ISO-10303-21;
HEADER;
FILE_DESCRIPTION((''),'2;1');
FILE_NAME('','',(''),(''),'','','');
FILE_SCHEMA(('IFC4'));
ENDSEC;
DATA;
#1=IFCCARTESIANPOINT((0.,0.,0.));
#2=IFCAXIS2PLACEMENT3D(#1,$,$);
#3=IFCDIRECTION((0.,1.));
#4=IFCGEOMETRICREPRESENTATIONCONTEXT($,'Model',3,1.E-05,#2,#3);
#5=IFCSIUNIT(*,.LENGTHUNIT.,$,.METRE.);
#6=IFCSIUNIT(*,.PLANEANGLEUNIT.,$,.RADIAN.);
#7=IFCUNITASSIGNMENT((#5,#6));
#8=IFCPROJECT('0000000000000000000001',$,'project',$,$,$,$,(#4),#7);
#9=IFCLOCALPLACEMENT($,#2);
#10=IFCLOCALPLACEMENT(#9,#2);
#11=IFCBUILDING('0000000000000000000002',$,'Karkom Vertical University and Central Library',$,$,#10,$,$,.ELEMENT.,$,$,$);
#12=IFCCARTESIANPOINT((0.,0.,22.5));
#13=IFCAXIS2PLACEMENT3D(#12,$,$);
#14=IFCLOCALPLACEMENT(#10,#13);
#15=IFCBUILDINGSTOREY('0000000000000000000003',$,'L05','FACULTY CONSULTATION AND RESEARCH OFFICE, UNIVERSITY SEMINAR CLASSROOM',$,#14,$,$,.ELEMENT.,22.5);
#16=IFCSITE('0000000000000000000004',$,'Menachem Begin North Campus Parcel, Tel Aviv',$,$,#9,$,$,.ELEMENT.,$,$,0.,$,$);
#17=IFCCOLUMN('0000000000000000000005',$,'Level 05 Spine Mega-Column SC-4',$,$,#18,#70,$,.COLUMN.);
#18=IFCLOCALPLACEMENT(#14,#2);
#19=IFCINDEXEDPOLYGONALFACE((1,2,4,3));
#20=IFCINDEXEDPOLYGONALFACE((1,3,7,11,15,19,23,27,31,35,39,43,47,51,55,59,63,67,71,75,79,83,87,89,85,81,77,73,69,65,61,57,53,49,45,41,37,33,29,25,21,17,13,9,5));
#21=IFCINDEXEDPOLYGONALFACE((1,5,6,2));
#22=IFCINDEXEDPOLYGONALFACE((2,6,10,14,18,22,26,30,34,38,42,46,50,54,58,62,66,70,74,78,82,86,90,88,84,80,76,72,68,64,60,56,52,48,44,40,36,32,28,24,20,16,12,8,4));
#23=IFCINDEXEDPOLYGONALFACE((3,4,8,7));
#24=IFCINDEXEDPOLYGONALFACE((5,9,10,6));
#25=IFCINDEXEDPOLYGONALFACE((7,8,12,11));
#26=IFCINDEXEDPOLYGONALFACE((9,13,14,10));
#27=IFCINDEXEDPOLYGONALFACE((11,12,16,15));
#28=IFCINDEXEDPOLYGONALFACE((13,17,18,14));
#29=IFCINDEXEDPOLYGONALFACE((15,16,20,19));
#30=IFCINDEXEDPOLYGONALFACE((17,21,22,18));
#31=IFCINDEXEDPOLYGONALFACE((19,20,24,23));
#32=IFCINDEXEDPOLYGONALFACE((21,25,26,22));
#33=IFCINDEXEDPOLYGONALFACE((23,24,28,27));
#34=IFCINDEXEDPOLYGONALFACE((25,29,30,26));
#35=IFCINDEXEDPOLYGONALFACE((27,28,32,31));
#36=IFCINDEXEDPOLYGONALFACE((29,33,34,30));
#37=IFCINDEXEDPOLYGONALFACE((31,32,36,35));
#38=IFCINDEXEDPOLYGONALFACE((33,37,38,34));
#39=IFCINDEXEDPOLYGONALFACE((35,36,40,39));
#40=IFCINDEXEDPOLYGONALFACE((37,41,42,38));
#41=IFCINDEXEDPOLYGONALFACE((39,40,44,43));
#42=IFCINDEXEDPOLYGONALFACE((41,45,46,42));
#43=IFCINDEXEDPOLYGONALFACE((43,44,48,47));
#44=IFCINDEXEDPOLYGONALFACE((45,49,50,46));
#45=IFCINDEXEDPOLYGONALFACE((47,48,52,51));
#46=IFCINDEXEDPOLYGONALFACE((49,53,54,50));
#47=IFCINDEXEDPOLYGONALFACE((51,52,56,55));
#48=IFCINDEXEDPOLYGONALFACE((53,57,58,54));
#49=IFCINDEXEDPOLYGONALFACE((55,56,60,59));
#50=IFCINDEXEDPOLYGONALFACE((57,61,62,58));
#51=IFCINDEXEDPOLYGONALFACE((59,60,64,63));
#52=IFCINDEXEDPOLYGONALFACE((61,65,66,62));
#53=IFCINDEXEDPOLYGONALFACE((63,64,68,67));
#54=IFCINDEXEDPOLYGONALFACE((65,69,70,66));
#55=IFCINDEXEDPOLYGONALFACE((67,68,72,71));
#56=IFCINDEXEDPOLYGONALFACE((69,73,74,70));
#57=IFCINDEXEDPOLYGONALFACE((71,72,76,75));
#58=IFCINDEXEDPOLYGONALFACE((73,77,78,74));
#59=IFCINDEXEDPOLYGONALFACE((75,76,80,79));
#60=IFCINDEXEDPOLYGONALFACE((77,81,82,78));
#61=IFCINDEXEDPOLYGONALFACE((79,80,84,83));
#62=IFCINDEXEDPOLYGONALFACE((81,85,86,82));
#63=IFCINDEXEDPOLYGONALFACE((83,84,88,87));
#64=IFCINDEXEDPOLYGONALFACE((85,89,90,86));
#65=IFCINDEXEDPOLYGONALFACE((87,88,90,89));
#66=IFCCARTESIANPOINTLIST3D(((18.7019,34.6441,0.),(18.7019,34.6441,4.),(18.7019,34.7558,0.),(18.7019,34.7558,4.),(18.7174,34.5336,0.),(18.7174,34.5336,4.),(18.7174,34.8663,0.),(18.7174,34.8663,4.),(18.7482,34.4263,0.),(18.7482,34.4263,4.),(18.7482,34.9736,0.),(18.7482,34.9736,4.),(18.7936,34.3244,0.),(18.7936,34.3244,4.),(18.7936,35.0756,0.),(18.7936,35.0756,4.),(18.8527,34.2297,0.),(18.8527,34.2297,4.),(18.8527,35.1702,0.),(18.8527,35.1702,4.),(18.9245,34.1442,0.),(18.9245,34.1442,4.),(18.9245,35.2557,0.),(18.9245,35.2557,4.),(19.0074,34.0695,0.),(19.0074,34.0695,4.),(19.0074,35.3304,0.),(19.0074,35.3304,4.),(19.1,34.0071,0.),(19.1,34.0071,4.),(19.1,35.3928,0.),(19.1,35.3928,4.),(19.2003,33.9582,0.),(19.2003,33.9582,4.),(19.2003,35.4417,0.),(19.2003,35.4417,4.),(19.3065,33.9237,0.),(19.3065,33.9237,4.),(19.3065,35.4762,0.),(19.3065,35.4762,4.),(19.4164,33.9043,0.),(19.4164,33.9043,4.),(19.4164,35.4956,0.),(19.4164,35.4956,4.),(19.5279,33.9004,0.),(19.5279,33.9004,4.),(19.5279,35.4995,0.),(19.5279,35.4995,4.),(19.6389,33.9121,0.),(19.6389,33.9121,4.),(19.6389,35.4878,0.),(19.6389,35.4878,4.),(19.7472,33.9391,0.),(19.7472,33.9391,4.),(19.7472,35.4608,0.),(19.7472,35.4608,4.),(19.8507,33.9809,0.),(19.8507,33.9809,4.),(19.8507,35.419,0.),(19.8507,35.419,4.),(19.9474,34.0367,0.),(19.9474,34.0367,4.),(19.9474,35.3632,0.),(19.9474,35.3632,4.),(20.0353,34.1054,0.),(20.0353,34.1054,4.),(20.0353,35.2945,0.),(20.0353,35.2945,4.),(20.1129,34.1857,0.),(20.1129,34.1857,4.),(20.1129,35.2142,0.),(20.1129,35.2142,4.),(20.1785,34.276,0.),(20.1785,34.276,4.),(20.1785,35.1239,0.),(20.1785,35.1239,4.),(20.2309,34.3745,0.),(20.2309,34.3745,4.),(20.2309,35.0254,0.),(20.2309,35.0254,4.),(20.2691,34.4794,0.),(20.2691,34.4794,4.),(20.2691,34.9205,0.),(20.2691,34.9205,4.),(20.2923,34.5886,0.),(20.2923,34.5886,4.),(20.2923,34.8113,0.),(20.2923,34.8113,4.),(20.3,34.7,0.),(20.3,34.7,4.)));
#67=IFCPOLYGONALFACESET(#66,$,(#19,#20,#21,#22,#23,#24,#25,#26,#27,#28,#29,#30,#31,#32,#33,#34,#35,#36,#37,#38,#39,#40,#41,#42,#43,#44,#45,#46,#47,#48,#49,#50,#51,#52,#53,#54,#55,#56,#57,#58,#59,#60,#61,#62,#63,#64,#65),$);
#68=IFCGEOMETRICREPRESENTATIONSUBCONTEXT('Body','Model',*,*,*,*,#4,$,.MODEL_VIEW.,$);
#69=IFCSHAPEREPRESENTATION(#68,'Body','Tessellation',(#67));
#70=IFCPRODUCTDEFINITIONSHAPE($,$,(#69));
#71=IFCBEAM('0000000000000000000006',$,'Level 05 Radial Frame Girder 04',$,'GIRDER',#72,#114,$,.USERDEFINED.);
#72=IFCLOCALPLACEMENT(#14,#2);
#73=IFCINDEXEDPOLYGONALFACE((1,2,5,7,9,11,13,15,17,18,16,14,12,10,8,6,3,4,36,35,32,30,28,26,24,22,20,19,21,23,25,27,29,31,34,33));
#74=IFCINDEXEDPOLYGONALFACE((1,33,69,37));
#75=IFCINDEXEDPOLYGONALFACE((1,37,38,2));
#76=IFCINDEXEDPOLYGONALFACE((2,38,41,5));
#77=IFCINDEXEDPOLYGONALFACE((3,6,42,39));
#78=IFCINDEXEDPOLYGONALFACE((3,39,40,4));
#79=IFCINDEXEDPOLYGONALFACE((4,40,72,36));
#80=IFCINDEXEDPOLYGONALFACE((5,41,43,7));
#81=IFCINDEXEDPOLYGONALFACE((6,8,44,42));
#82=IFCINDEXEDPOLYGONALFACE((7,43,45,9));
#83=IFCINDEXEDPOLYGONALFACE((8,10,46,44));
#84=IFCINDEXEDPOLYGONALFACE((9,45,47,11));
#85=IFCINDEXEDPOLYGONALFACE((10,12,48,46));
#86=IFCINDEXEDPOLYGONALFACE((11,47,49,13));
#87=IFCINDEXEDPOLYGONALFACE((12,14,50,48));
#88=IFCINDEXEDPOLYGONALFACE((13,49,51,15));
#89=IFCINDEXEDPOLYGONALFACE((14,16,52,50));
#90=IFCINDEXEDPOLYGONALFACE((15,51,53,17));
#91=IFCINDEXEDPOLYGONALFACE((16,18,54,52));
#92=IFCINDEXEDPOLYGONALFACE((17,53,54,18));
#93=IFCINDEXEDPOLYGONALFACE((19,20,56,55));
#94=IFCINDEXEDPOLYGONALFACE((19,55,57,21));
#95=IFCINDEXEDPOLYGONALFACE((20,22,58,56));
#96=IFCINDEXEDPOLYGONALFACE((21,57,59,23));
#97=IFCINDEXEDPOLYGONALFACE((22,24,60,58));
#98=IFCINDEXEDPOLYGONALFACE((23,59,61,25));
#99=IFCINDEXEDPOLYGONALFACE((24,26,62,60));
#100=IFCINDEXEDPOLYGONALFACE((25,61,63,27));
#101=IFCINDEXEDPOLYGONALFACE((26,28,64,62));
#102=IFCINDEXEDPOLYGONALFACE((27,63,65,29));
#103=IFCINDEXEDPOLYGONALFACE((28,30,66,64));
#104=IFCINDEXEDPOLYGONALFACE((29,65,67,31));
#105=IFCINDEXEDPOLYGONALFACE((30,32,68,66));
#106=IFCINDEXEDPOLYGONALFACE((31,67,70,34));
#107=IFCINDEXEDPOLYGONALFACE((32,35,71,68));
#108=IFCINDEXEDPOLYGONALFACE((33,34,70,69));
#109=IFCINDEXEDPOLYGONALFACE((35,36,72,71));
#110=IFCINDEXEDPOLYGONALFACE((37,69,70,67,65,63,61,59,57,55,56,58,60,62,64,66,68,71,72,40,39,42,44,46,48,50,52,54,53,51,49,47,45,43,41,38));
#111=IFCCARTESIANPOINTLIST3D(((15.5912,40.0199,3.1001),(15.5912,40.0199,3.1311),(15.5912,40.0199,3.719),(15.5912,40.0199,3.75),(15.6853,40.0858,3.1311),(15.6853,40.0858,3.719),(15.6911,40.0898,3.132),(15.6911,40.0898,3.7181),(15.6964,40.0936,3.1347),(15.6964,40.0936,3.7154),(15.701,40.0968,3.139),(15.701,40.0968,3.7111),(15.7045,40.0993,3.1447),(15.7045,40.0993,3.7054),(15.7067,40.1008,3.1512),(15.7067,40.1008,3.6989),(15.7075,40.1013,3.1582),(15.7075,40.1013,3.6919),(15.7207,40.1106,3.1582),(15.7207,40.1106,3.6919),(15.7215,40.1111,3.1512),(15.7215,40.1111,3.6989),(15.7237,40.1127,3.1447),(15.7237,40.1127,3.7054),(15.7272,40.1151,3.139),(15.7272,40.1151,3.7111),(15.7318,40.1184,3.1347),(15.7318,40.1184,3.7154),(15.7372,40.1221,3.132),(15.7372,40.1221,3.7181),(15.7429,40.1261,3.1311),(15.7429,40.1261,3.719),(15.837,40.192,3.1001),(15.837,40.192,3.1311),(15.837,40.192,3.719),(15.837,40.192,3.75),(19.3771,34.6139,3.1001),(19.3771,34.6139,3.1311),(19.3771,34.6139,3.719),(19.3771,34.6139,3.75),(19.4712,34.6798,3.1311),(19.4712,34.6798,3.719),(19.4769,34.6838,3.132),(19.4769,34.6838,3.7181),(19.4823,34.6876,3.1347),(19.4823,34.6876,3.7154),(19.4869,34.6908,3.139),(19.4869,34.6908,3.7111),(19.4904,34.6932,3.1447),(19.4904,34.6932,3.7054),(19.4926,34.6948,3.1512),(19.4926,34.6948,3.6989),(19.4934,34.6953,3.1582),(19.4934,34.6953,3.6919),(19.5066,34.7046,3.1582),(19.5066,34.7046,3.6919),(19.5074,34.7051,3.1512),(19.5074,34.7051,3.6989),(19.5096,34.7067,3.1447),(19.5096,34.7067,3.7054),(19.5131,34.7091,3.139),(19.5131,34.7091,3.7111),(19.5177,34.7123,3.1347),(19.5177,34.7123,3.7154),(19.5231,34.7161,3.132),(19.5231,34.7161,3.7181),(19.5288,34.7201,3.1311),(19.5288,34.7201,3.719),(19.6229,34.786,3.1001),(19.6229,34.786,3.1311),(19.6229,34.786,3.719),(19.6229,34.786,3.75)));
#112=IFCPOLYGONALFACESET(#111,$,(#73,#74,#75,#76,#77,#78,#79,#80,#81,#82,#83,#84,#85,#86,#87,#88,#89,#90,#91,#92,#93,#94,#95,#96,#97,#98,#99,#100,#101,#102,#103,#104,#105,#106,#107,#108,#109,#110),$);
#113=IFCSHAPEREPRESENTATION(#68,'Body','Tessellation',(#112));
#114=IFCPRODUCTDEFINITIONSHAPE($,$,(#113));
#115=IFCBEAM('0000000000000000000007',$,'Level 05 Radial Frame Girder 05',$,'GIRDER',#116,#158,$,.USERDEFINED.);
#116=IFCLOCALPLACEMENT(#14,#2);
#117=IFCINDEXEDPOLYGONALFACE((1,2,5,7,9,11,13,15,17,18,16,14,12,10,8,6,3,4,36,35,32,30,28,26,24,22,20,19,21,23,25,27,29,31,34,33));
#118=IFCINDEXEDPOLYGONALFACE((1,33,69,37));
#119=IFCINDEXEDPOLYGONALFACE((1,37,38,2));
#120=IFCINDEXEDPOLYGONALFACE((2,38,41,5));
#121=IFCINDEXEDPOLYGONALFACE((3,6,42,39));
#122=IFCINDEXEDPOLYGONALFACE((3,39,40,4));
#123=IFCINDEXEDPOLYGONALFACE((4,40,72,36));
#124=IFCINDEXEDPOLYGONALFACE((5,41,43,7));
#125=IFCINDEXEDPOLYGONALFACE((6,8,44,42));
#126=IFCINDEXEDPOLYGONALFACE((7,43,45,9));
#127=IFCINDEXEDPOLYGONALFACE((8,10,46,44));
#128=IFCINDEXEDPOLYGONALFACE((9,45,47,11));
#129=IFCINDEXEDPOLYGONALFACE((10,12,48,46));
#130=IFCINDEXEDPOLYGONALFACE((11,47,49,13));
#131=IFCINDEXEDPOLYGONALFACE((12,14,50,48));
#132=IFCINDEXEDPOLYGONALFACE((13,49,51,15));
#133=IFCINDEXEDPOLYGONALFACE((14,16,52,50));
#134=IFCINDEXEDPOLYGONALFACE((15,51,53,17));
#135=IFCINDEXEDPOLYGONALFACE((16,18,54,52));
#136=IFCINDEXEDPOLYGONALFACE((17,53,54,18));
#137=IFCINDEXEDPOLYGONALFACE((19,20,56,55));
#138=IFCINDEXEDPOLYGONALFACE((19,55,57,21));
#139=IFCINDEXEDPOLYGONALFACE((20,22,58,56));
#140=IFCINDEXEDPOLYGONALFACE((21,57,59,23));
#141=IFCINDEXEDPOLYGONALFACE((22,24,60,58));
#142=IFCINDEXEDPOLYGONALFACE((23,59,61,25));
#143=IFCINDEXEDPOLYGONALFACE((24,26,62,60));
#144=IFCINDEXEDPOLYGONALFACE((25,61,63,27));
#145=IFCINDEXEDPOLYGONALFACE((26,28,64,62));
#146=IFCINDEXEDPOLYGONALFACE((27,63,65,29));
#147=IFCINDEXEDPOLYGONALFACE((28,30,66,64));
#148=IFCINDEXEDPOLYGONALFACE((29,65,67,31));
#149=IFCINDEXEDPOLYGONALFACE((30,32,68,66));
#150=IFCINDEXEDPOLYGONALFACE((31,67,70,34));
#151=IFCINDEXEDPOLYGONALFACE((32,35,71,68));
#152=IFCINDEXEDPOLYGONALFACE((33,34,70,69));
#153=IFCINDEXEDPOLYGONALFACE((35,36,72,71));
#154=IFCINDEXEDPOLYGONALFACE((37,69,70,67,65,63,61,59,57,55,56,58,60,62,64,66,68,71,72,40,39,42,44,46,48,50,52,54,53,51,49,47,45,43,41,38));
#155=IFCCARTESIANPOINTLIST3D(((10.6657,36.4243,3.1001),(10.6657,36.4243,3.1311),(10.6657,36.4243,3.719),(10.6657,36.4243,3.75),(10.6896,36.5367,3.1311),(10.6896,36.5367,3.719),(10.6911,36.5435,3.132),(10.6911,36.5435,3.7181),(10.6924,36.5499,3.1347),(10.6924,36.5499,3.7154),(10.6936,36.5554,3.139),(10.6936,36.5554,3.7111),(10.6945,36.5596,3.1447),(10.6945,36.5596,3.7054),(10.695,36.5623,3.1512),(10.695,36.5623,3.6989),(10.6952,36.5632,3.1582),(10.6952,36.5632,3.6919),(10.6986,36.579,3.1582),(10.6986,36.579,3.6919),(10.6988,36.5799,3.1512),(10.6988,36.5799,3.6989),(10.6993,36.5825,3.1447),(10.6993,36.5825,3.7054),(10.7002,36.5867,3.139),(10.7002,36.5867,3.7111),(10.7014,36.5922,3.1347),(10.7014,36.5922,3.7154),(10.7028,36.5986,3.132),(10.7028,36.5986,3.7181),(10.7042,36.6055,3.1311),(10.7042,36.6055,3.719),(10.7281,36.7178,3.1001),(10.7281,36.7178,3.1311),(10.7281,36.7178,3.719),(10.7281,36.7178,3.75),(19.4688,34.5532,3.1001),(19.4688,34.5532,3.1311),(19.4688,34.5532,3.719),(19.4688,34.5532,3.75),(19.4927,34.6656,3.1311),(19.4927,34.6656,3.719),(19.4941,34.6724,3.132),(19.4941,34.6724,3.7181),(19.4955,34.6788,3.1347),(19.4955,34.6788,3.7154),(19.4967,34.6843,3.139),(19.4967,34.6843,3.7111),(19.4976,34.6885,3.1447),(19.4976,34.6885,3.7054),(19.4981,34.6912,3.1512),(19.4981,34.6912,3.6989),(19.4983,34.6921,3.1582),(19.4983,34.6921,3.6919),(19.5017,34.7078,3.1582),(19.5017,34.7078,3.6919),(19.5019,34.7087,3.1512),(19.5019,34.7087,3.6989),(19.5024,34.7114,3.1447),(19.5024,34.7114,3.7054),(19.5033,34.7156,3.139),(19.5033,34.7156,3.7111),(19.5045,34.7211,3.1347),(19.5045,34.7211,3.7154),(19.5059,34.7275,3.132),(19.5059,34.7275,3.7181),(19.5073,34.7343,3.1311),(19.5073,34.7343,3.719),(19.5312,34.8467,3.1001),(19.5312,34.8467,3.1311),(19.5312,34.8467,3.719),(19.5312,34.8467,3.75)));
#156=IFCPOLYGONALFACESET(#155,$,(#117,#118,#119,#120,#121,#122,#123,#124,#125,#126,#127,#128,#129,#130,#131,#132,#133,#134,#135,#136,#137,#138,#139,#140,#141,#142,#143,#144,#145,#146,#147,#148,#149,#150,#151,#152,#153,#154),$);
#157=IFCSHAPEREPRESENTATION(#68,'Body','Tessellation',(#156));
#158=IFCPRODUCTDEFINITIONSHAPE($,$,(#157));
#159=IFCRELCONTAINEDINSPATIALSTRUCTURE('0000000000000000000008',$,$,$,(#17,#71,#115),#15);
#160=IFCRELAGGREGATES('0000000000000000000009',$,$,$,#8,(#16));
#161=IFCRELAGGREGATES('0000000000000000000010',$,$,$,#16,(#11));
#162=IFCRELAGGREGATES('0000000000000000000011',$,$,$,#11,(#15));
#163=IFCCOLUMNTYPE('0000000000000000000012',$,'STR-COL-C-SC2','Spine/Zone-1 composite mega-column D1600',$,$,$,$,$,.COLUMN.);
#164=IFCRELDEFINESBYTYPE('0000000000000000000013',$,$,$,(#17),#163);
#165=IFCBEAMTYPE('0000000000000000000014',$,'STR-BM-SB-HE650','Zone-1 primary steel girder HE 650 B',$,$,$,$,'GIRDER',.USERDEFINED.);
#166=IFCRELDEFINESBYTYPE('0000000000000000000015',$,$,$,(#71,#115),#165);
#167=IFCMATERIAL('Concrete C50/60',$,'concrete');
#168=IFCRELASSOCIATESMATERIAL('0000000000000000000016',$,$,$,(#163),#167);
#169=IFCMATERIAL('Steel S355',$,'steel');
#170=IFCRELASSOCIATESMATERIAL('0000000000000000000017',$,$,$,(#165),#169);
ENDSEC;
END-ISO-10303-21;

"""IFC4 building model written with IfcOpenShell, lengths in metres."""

from ifc_helpers import new_model, si_unit, direction, frame, origin, origin_with_axes, origin_2d, place, context, subcontext, project, spatial, circle, i_section, extrude, source, transform, mapped, material, material_profile, profile_set, type_object, element, save


model = new_model("IFC4")

# Units and contexts
model_context = context("Model", 3, precision=1e-05, world=origin(), true_north=direction((0.0, 1.0)))
body_context = subcontext(model_context, "Body", "Model", "MODEL_VIEW")
ifc_project = project(units=[si_unit("LENGTHUNIT", "METRE"), si_unit("PLANEANGLEUNIT", "RADIAN")], contexts=[model_context])

# Site, building, storey
site_placement = place(None, origin())
site = spatial("IfcSite", under=ifc_project, at=site_placement, Name="Menachem Begin North Campus Parcel, Tel Aviv", CompositionType="ELEMENT", RefElevation=0.0)
building_placement = place(site_placement, origin())
building = spatial("IfcBuilding", under=site, at=building_placement, Name="Karkom Vertical University and Central Library", CompositionType="ELEMENT")
storey_placement = place(building_placement, frame((0.0, 0.0, 22.5)))
storey = spatial("IfcBuildingStorey", under=building, at=storey_placement, Name="L05", Description="FACULTY CONSULTATION AND RESEARCH OFFICE, UNIVERSITY SEMINAR CLASSROOM", CompositionType="ELEMENT", Elevation=22.5)

# Column
ifc_material_1 = material(Name="Concrete C50/60", Category="concrete")
ifc_material_profile_1 = material_profile(ifc_material_1, circle(Radius=0.8, at=origin_2d()), Name="CFT-D1600")
ifc_profile_set_1 = profile_set([ifc_material_profile_1], Name="Concrete C50/60")
column_type = type_object("IfcColumnType", Name="STR-COL-C-SC2", Description="Spine/Zone-1 composite mega-column D1600", PredefinedType="COLUMN", material=ifc_profile_set_1)
shared_shape_1 = source(origin_with_axes(), body_context, "Body", "SweptSolid", [
    extrude(circle(Radius=0.8, at=origin_2d()), origin(), (0.0, 0.0, 1.0), 4.0),
])
column_placement = place(storey_placement, frame((19.5, 34.7, 0.0), z_axis=(0.0, 0.0, 1.0), x_axis=(1.0, 0.0, 0.0)))
element("IfcColumn", 1, at=column_placement, inside=storey, type_object=column_type, Name="Level 05 Spine Mega-Column SC-4", PredefinedType="COLUMN", context=body_context, shape_type="MappedRepresentation", body=[
    mapped(shared_shape_1, transform((0.0, 0.0, 0.0), scale=1.0)),
])

# Beams
ifc_material_2 = material(Name="Steel S355", Category="steel")
ifc_material_profile_2 = material_profile(ifc_material_2, i_section(OverallWidth=0.3, OverallDepth=0.6499, WebThickness=0.0161, FlangeThickness=0.031, FilletRadius=0.0271, at=origin_2d()), Name="HE 650 B")
ifc_profile_set_2 = profile_set([ifc_material_profile_2], Name="Steel S355")
beam_type = type_object("IfcBeamType", Name="STR-BM-SB-HE650", Description="Zone-1 primary steel girder HE 650 B", ElementType="GIRDER", PredefinedType="USERDEFINED", material=ifc_profile_set_2)
shared_shape_2 = source(origin_with_axes(), body_context, "Body", "SweptSolid", [
    extrude(i_section(OverallWidth=0.3, OverallDepth=0.6499, WebThickness=0.0161, FlangeThickness=0.031, FilletRadius=0.0271, at=origin_2d()), origin(), (0.0, 0.0, 1.0), 6.5999),
])
beam_1_placement = place(storey_placement, frame((19.5, 34.7, 3.425), z_axis=(-0.573634, 0.819112, 0.0), x_axis=(-0.819112, -0.573634, 0.0)))
element("IfcBeam", 2, at=beam_1_placement, inside=storey, type_object=beam_type, Name="Level 05 Radial Frame Girder 04", ObjectType="GIRDER", PredefinedType="USERDEFINED", context=body_context, shape_type="MappedRepresentation", body=[
    mapped(shared_shape_2, transform((0.0, 0.0, 0.0), scale=1.0)),
])
shared_shape_3 = source(origin_with_axes(), body_context, "Body", "SweptSolid", [
    extrude(i_section(OverallWidth=0.3, OverallDepth=0.6499, WebThickness=0.0161, FlangeThickness=0.031, FilletRadius=0.0271, at=origin_2d()), origin(), (0.0, 0.0, 1.0), 8.9998),
])
beam_2_placement = place(storey_placement, frame((19.5, 34.7, 3.425), z_axis=(-0.978148, 0.207908, 0.0), x_axis=(-0.207908, -0.978148, 0.0)))
element("IfcBeam", 3, at=beam_2_placement, inside=storey, type_object=beam_type, Name="Level 05 Radial Frame Girder 05", ObjectType="GIRDER", PredefinedType="USERDEFINED", context=body_context, shape_type="MappedRepresentation", body=[
    mapped(shared_shape_3, transform((0.0, 0.0, 0.0), scale=1.0)),
])

save(model, "model.ifc")
